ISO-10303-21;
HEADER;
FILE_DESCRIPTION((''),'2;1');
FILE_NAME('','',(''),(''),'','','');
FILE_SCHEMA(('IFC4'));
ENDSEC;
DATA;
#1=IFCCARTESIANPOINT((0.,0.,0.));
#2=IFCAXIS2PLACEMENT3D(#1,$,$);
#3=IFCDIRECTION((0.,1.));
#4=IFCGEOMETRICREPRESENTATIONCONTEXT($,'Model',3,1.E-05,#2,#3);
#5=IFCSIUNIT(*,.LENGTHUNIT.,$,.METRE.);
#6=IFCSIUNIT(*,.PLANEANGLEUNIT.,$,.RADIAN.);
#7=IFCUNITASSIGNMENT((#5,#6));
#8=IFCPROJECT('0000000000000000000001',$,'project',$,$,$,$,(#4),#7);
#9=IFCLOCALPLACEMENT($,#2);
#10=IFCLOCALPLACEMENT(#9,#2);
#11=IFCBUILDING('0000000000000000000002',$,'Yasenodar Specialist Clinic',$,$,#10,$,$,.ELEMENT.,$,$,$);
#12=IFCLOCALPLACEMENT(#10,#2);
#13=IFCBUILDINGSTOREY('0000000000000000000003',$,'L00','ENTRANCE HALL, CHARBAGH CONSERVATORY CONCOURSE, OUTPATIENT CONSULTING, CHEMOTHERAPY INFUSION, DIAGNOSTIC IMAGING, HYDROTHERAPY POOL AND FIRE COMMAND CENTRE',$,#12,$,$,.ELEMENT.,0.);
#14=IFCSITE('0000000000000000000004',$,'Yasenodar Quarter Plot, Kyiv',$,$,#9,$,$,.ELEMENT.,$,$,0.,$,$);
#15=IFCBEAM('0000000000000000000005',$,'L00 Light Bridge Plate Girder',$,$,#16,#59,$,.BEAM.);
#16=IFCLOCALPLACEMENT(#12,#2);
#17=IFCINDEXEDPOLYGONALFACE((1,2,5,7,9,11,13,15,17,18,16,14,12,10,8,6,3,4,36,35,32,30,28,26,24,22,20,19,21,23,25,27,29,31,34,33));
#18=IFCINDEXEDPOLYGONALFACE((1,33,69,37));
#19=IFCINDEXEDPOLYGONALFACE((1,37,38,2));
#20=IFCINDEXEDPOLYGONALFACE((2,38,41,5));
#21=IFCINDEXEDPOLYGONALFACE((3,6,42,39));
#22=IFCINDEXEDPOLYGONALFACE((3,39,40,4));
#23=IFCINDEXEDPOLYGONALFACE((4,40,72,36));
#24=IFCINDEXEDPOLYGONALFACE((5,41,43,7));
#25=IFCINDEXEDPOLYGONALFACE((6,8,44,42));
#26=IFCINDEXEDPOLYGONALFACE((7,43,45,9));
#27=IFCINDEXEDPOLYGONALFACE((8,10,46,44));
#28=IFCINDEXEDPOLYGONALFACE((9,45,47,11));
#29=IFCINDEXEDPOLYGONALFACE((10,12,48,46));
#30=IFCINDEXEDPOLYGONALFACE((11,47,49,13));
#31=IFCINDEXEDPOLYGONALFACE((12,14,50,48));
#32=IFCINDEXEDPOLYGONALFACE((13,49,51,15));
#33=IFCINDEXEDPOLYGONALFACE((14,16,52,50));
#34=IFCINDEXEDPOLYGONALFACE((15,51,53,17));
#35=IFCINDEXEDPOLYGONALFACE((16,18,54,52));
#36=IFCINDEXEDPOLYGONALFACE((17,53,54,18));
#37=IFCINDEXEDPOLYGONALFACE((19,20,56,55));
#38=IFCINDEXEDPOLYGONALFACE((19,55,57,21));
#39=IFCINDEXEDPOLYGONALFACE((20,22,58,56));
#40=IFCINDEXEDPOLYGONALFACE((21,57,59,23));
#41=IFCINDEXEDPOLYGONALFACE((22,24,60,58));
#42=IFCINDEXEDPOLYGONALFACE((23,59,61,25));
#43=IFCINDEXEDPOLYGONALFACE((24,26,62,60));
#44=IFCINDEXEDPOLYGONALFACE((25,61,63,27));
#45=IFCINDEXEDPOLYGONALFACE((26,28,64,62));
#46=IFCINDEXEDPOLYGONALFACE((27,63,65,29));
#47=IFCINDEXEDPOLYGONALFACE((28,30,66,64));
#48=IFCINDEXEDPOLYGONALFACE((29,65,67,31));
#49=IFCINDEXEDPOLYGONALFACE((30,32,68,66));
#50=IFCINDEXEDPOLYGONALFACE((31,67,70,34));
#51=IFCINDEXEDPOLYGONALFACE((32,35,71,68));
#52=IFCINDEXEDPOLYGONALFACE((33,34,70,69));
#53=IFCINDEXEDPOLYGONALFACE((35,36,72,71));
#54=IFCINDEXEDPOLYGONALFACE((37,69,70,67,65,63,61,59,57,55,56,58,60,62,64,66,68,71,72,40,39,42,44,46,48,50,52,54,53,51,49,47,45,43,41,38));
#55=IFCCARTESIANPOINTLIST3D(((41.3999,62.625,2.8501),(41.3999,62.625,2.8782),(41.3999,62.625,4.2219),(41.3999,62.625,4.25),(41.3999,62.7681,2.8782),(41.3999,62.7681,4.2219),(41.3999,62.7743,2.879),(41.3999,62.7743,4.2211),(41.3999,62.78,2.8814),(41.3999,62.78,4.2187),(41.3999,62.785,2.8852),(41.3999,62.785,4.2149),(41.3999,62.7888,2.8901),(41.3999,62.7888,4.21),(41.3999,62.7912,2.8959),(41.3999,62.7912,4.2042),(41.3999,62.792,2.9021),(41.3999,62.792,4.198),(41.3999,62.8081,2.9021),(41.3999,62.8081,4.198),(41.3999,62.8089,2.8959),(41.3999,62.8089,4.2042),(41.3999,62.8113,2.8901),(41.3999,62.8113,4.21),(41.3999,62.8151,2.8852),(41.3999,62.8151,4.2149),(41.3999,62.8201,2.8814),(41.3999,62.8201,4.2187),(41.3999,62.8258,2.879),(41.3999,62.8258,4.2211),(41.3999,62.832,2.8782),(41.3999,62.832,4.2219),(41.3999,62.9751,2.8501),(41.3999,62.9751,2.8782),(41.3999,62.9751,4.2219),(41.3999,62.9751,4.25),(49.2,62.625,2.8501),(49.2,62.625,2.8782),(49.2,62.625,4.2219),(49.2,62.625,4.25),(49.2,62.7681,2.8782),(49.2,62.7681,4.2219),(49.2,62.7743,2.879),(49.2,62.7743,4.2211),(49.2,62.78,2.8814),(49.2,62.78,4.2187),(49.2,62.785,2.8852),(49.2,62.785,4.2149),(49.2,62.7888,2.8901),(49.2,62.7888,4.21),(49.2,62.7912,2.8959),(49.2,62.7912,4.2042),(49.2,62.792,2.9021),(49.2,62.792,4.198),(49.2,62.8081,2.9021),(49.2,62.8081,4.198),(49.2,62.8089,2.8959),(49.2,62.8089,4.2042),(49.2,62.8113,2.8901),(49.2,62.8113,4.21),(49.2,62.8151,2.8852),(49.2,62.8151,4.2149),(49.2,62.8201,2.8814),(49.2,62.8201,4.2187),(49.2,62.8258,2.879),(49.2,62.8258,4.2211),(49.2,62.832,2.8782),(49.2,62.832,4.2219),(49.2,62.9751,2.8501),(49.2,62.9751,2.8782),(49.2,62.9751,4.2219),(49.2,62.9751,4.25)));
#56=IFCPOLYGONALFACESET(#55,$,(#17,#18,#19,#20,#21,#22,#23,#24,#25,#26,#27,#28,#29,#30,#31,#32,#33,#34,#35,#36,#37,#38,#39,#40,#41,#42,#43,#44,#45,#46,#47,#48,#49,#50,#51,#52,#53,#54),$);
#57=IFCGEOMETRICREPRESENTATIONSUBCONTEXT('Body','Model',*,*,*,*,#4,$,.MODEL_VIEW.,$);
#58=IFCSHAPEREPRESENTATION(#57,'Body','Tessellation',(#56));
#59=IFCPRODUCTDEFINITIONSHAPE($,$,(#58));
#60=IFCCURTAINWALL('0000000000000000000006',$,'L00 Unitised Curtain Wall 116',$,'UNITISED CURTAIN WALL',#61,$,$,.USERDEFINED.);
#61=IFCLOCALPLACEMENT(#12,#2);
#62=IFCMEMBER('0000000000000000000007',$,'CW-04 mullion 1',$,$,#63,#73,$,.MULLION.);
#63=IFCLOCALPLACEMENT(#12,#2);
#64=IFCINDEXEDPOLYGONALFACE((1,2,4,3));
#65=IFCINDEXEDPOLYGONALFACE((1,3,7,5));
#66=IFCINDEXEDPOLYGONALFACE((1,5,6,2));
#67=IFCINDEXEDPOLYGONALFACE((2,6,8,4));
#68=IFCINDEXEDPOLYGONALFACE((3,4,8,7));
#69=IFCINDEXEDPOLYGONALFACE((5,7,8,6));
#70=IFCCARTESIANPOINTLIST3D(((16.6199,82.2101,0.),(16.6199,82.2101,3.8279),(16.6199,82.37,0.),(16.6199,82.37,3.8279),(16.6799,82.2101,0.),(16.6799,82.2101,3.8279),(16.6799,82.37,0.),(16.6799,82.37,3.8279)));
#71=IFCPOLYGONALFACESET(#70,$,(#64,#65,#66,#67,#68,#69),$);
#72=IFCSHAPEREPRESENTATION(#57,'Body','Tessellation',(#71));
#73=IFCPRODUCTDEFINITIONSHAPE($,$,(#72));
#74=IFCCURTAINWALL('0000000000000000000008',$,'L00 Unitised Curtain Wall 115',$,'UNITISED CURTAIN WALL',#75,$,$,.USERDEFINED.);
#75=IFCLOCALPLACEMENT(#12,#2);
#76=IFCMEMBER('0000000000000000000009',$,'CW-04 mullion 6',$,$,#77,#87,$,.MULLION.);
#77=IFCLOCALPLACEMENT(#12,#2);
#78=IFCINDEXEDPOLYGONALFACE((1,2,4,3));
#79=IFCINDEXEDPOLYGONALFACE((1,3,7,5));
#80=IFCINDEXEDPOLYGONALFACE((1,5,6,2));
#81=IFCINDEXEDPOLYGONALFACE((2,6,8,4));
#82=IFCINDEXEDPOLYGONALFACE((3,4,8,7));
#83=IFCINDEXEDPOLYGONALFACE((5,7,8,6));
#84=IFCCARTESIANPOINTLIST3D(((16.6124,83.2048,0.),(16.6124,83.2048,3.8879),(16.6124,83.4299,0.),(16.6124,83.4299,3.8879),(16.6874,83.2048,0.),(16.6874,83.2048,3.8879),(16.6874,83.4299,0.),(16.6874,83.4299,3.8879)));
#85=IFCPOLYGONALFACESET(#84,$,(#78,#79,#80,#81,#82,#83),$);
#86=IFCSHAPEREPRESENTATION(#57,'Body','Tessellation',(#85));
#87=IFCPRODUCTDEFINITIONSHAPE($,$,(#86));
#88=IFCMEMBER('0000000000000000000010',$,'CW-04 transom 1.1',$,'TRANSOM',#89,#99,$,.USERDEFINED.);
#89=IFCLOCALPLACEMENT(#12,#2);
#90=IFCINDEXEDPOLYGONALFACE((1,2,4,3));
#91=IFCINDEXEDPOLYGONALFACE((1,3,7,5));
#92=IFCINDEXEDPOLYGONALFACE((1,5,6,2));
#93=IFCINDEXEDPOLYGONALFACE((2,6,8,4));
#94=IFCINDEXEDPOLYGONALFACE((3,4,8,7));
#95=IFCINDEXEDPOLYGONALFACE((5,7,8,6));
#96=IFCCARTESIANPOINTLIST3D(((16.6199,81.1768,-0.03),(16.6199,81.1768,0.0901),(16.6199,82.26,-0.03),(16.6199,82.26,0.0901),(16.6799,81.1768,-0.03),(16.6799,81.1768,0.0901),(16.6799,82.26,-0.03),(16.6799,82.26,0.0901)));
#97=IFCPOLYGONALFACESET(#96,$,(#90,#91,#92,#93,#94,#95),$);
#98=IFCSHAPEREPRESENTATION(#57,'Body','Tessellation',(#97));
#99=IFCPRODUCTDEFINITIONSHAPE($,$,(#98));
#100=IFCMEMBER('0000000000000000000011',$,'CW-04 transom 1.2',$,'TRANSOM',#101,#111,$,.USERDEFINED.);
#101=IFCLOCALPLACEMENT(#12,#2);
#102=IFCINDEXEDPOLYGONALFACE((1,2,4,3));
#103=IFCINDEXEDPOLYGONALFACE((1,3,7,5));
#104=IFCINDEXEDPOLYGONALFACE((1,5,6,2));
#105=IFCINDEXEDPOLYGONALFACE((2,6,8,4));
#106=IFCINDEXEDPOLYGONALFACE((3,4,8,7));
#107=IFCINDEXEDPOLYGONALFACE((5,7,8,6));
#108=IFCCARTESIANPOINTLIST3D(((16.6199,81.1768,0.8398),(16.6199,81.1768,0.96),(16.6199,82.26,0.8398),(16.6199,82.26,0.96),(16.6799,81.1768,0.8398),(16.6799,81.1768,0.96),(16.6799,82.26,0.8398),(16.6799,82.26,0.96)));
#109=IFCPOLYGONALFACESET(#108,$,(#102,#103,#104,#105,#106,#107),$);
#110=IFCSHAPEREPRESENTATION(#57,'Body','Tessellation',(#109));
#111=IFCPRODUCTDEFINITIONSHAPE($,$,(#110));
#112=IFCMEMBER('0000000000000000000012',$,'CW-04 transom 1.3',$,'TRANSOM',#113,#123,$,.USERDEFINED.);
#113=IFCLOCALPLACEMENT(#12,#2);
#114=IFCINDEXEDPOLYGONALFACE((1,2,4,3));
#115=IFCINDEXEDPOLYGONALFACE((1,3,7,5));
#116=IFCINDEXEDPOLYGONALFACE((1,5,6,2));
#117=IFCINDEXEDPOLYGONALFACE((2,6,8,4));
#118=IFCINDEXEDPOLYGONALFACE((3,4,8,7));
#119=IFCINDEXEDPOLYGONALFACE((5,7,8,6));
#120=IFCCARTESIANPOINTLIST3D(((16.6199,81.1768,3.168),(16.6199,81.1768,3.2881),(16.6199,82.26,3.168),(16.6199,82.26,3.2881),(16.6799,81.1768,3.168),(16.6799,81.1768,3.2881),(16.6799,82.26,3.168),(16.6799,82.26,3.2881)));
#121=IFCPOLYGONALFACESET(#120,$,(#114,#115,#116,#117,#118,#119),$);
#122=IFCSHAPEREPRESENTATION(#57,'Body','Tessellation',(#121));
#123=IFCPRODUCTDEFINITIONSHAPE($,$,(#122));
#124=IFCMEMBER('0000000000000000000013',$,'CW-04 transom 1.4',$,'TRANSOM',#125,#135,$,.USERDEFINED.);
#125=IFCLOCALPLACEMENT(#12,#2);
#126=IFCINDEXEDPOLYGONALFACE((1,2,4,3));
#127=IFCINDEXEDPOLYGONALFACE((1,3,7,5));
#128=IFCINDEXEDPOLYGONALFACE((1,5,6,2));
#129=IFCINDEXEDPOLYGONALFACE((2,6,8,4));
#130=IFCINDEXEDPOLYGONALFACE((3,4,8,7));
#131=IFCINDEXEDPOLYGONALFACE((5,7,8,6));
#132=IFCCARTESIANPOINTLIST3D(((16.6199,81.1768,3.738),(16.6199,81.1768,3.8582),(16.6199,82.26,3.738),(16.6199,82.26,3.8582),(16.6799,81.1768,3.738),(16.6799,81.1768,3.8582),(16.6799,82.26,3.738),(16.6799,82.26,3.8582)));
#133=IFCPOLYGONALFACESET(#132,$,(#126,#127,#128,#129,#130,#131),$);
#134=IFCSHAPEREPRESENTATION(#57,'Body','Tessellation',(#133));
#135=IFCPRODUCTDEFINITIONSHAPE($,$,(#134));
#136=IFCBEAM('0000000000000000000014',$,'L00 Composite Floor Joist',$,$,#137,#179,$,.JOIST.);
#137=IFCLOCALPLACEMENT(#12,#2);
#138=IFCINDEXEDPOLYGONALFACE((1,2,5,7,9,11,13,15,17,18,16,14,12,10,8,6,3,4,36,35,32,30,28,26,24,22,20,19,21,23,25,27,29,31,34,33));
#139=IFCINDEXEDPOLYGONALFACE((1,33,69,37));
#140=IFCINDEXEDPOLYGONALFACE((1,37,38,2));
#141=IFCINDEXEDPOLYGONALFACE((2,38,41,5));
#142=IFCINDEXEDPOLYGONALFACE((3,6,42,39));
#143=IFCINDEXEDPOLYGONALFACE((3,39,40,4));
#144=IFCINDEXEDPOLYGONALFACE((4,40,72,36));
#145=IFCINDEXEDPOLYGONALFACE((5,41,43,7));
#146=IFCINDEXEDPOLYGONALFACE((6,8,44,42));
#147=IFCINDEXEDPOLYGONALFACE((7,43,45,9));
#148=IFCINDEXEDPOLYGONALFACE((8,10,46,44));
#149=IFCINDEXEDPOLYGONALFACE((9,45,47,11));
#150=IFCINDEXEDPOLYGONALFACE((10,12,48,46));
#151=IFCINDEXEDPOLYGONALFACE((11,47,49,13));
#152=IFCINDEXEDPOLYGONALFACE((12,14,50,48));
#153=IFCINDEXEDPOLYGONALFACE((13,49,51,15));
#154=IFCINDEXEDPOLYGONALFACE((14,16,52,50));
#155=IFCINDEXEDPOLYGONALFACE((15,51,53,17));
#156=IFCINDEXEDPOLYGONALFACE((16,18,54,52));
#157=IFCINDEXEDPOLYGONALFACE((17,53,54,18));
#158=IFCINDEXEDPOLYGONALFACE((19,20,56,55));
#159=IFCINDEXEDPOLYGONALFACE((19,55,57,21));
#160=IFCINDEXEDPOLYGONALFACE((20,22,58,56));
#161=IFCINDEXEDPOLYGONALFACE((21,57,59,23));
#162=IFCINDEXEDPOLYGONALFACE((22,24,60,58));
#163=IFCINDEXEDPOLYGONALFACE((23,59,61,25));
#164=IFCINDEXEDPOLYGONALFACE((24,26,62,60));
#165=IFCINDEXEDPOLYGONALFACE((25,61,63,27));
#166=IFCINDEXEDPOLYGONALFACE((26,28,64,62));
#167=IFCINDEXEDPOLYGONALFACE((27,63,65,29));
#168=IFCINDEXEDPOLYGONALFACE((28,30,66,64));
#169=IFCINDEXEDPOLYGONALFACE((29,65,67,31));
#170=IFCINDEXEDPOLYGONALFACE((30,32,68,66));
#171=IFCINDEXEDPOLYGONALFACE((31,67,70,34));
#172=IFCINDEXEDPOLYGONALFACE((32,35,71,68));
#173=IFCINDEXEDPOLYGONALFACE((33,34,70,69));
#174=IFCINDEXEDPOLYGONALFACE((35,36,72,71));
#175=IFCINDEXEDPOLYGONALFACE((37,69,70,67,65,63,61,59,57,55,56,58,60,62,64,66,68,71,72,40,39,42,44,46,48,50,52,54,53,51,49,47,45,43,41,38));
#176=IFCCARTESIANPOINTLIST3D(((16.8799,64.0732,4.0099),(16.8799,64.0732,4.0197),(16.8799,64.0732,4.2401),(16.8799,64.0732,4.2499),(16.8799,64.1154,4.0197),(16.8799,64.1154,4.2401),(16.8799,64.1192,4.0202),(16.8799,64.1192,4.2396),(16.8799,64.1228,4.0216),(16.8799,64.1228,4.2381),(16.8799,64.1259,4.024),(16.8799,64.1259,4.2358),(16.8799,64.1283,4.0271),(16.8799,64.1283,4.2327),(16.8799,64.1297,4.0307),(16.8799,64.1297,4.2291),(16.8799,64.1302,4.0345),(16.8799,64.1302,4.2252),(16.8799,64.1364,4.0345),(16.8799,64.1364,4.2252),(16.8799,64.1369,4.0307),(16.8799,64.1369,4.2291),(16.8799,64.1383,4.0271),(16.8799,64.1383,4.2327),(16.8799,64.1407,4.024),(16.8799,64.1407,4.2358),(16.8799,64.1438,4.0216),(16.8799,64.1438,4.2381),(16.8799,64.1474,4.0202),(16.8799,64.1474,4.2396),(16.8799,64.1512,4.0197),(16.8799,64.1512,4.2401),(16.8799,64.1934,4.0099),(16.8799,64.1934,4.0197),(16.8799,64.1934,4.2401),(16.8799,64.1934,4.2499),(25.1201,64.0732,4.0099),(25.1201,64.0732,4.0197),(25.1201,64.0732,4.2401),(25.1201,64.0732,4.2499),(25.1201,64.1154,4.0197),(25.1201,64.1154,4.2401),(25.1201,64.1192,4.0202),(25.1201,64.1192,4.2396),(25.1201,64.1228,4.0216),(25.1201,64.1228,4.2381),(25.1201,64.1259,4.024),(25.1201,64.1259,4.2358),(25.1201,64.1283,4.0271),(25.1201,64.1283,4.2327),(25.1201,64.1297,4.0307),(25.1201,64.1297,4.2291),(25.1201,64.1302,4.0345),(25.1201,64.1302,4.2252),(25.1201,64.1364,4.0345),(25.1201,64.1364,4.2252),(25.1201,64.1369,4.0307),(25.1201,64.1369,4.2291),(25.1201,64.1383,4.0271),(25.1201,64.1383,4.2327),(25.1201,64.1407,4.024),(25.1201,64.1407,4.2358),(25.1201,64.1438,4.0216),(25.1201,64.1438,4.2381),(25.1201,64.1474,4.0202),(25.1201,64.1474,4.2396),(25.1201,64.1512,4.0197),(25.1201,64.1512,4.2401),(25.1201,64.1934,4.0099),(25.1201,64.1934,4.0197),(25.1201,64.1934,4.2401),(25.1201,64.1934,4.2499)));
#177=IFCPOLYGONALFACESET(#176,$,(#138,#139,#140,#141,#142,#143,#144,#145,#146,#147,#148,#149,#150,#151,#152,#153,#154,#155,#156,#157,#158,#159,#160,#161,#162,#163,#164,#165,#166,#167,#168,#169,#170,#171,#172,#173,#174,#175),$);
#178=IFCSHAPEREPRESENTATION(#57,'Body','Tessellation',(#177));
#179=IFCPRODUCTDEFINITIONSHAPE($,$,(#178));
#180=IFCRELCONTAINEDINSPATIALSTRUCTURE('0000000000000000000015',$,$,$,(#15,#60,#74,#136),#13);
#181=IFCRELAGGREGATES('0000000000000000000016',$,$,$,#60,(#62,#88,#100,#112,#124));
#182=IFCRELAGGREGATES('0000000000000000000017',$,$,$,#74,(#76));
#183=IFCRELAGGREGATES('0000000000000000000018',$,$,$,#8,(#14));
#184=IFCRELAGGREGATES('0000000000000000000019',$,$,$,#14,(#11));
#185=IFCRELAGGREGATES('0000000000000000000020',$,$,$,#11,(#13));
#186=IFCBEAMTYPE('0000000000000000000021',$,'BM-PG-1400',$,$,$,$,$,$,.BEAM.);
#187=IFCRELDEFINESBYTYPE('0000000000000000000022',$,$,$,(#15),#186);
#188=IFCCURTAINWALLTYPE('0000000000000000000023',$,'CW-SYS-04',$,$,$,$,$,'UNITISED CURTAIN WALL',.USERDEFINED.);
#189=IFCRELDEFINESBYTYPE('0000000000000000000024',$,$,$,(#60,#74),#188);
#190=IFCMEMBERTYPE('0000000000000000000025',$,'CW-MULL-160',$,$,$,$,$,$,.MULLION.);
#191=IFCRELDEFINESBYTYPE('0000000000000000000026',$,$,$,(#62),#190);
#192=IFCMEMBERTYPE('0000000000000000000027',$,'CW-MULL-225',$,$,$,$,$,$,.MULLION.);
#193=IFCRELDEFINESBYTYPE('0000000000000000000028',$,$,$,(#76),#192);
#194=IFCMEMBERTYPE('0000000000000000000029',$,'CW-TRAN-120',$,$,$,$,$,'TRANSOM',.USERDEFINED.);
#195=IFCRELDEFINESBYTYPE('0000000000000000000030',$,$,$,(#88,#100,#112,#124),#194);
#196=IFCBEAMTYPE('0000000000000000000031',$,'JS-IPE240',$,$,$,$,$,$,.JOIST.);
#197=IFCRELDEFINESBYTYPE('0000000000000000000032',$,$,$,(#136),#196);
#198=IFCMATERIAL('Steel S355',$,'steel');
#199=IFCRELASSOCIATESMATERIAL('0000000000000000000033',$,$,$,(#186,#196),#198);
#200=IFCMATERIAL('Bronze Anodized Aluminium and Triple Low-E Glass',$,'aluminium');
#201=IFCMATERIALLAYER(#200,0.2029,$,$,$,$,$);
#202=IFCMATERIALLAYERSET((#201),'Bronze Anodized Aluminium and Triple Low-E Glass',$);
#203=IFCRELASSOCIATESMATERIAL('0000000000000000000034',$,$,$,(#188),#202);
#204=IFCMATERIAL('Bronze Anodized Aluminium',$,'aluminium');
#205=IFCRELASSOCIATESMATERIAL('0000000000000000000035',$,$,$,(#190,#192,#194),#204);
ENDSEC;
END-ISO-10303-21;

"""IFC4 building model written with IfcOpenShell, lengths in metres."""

from ifc_helpers import new_model, si_unit, direction, frame, origin, origin_2d, place, context, subcontext, project, spatial, rectangle, i_section, extrude, material, layer, layer_set, material_profile, profile_set, type_object, element, aggregate, save


model = new_model("IFC4")

# Units and contexts
model_context = context("Model", 3, precision=1e-05, world=origin(), true_north=direction((0.0, 1.0)))
body_context = subcontext(model_context, "Body", "Model", "MODEL_VIEW")
ifc_project = project(units=[si_unit("LENGTHUNIT", "METRE"), si_unit("PLANEANGLEUNIT", "RADIAN")], contexts=[model_context])

# Site, building, storey
site_placement = place(None, origin())
site = spatial("IfcSite", under=ifc_project, at=site_placement, Name="Yasenodar Quarter Plot, Kyiv", CompositionType="ELEMENT", RefElevation=0.0)
building_placement = place(site_placement, origin())
building = spatial("IfcBuilding", under=site, at=building_placement, Name="Yasenodar Specialist Clinic", CompositionType="ELEMENT")
storey_placement = place(building_placement, origin())
storey = spatial("IfcBuildingStorey", under=building, at=storey_placement, Name="L00", Description="ENTRANCE HALL, CHARBAGH CONSERVATORY CONCOURSE, OUTPATIENT CONSULTING, CHEMOTHERAPY INFUSION, DIAGNOSTIC IMAGING, HYDROTHERAPY POOL AND FIRE COMMAND CENTRE", CompositionType="ELEMENT", Elevation=0.0)

# Shared definitions
ifc_material_1 = material(Name="Steel S355", Category="steel")

# Beam
ifc_material_profile_1 = material_profile(ifc_material_1, i_section(OverallWidth=0.3501, OverallDepth=1.3999, WebThickness=0.0161, FlangeThickness=0.0281, FilletRadius=0.0239, at=origin_2d()), Name="PG 1400x350")
ifc_profile_set_1 = profile_set([ifc_material_profile_1], Name="Steel S355")
beam_type_1 = type_object("IfcBeamType", Name="BM-PG-1400", PredefinedType="BEAM", material=ifc_profile_set_1)
beam_1_placement = place(storey_placement, frame((41.3999, 62.8, 3.55), z_axis=(1.0, 0.0, 0.0), x_axis=(0.0, 1.0, 0.0)))
element("IfcBeam", 1, at=beam_1_placement, inside=storey, type_object=beam_type_1, Name="L00 Light Bridge Plate Girder", PredefinedType="BEAM", context=body_context, shape_type="SweptSolid", body=[
    extrude(i_section(OverallWidth=0.3501, OverallDepth=1.3999, WebThickness=0.0161, FlangeThickness=0.0281, FilletRadius=0.0239, at=origin_2d()), origin(), (0.0, 0.0, 1.0), 7.8),
])

# Curtain walls, members
ifc_material_2 = material(Name="Bronze Anodized Aluminium and Triple Low-E Glass", Category="aluminium")
ifc_layer_1 = layer(ifc_material_2, 0.2029)
ifc_layer_set_1 = layer_set([ifc_layer_1], Name="Bronze Anodized Aluminium and Triple Low-E Glass")
curtain_wall_type = type_object("IfcCurtainWallType", Name="CW-SYS-04", ElementType="UNITISED CURTAIN WALL", PredefinedType="USERDEFINED", material=ifc_layer_set_1)
curtain_wall_1_placement = place(storey_placement, origin())
curtain_wall_1 = element("IfcCurtainWall", 2, at=curtain_wall_1_placement, inside=storey, type_object=curtain_wall_type, Name="L00 Unitised Curtain Wall 116", ObjectType="UNITISED CURTAIN WALL", PredefinedType="USERDEFINED")
ifc_material_3 = material(Name="Bronze Anodized Aluminium", Category="aluminium")
ifc_material_profile_2 = material_profile(ifc_material_3, rectangle(XDim=0.0601, YDim=0.1599, at=origin_2d()), Name="CW-MULL 60x160")
ifc_profile_set_2 = profile_set([ifc_material_profile_2], Name="Bronze Anodized Aluminium")
member_type_1 = type_object("IfcMemberType", Name="CW-MULL-160", PredefinedType="MULLION", material=ifc_profile_set_2)
member_1_placement = place(storey_placement, frame((16.6499, 82.29, 0.0), z_axis=(0.0, 0.0, 1.0), x_axis=(1.0, 0.0, 0.0)))
member_1 = element("IfcMember", 3, at=member_1_placement, type_object=member_type_1, Name="CW-04 mullion 1", PredefinedType="MULLION", context=body_context, shape_type="SweptSolid", body=[
    extrude(rectangle(XDim=0.0601, YDim=0.1599, at=origin_2d()), origin(), (0.0, 0.0, 1.0), 3.8279),
])
curtain_wall_2_placement = place(storey_placement, origin())
curtain_wall_2 = element("IfcCurtainWall", 4, at=curtain_wall_2_placement, inside=storey, type_object=curtain_wall_type, Name="L00 Unitised Curtain Wall 115", ObjectType="UNITISED CURTAIN WALL", PredefinedType="USERDEFINED")
ifc_material_profile_3 = material_profile(ifc_material_3, rectangle(XDim=0.075, YDim=0.2251, at=origin_2d()), Name="CW-MULL 75x225")
ifc_profile_set_3 = profile_set([ifc_material_profile_3], Name="Bronze Anodized Aluminium")
member_type_2 = type_object("IfcMemberType", Name="CW-MULL-225", PredefinedType="MULLION", material=ifc_profile_set_3)
member_2_placement = place(storey_placement, frame((16.6499, 83.3174, 0.0), z_axis=(0.0, 0.0, 1.0), x_axis=(1.0, 0.0, 0.0)))
member_2 = element("IfcMember", 5, at=member_2_placement, type_object=member_type_2, Name="CW-04 mullion 6", PredefinedType="MULLION", context=body_context, shape_type="SweptSolid", body=[
    extrude(rectangle(XDim=0.075, YDim=0.2251, at=origin_2d()), origin(), (0.0, 0.0, 1.0), 3.8879),
])

# Members
ifc_material_profile_4 = material_profile(ifc_material_3, rectangle(XDim=0.0601, YDim=0.1201, at=origin_2d()), Name="CW-TRAN 60x120")
ifc_profile_set_4 = profile_set([ifc_material_profile_4], Name="Bronze Anodized Aluminium")
member_type_3 = type_object("IfcMemberType", Name="CW-TRAN-120", ElementType="TRANSOM", PredefinedType="USERDEFINED", material=ifc_profile_set_4)
member_3_placement = place(storey_placement, frame((16.6499, 82.26, 0.03), z_axis=(0.0, -1.0, 0.0), x_axis=(1.0, 0.0, 0.0)))
member_3 = element("IfcMember", 6, at=member_3_placement, type_object=member_type_3, Name="CW-04 transom 1.1", ObjectType="TRANSOM", PredefinedType="USERDEFINED", context=body_context, shape_type="SweptSolid", body=[
    extrude(rectangle(XDim=0.0601, YDim=0.1201, at=origin_2d()), origin(), (0.0, 0.0, 1.0), 1.0833),
])
member_4_placement = place(storey_placement, frame((16.6499, 82.26, 0.8999), z_axis=(0.0, -1.0, 0.0), x_axis=(1.0, 0.0, 0.0)))
member_4 = element("IfcMember", 7, at=member_4_placement, type_object=member_type_3, Name="CW-04 transom 1.2", ObjectType="TRANSOM", PredefinedType="USERDEFINED", context=body_context, shape_type="SweptSolid", body=[
    extrude(rectangle(XDim=0.0601, YDim=0.1201, at=origin_2d()), origin(), (0.0, 0.0, 1.0), 1.0833),
])
member_5_placement = place(storey_placement, frame((16.6499, 82.26, 3.228), z_axis=(0.0, -1.0, 0.0), x_axis=(1.0, 0.0, 0.0)))
member_5 = element("IfcMember", 8, at=member_5_placement, type_object=member_type_3, Name="CW-04 transom 1.3", ObjectType="TRANSOM", PredefinedType="USERDEFINED", context=body_context, shape_type="SweptSolid", body=[
    extrude(rectangle(XDim=0.0601, YDim=0.1201, at=origin_2d()), origin(), (0.0, 0.0, 1.0), 1.0833),
])
member_6_placement = place(storey_placement, frame((16.6499, 82.26, 3.7981), z_axis=(0.0, -1.0, 0.0), x_axis=(1.0, 0.0, 0.0)))
member_6 = element("IfcMember", 9, at=member_6_placement, type_object=member_type_3, Name="CW-04 transom 1.4", ObjectType="TRANSOM", PredefinedType="USERDEFINED", context=body_context, shape_type="SweptSolid", body=[
    extrude(rectangle(XDim=0.0601, YDim=0.1201, at=origin_2d()), origin(), (0.0, 0.0, 1.0), 1.0833),
])
aggregate(curtain_wall_1, [member_1, member_3, member_4, member_5, member_6])

# Beam
ifc_material_profile_5 = material_profile(ifc_material_1, i_section(OverallWidth=0.1201, OverallDepth=0.24, WebThickness=0.0061, FlangeThickness=0.0098, FilletRadius=0.0149, at=origin_2d()), Name="IPE 240")
ifc_profile_set_5 = profile_set([ifc_material_profile_5], Name="Steel S355")
beam_type_2 = type_object("IfcBeamType", Name="JS-IPE240", PredefinedType="JOIST", material=ifc_profile_set_5)
beam_2_placement = place(storey_placement, frame((16.8799, 64.1333, 4.1299), z_axis=(1.0, 0.0, 0.0), x_axis=(0.0, 1.0, 0.0)))
element("IfcBeam", 10, at=beam_2_placement, inside=storey, type_object=beam_type_2, Name="L00 Composite Floor Joist", PredefinedType="JOIST", context=body_context, shape_type="SweptSolid", body=[
    extrude(i_section(OverallWidth=0.1201, OverallDepth=0.24, WebThickness=0.0061, FlangeThickness=0.0098, FilletRadius=0.0149, at=origin_2d()), origin(), (0.0, 0.0, 1.0), 8.2402),
])

aggregate(curtain_wall_2, [member_2])

save(model, "model.ifc")
